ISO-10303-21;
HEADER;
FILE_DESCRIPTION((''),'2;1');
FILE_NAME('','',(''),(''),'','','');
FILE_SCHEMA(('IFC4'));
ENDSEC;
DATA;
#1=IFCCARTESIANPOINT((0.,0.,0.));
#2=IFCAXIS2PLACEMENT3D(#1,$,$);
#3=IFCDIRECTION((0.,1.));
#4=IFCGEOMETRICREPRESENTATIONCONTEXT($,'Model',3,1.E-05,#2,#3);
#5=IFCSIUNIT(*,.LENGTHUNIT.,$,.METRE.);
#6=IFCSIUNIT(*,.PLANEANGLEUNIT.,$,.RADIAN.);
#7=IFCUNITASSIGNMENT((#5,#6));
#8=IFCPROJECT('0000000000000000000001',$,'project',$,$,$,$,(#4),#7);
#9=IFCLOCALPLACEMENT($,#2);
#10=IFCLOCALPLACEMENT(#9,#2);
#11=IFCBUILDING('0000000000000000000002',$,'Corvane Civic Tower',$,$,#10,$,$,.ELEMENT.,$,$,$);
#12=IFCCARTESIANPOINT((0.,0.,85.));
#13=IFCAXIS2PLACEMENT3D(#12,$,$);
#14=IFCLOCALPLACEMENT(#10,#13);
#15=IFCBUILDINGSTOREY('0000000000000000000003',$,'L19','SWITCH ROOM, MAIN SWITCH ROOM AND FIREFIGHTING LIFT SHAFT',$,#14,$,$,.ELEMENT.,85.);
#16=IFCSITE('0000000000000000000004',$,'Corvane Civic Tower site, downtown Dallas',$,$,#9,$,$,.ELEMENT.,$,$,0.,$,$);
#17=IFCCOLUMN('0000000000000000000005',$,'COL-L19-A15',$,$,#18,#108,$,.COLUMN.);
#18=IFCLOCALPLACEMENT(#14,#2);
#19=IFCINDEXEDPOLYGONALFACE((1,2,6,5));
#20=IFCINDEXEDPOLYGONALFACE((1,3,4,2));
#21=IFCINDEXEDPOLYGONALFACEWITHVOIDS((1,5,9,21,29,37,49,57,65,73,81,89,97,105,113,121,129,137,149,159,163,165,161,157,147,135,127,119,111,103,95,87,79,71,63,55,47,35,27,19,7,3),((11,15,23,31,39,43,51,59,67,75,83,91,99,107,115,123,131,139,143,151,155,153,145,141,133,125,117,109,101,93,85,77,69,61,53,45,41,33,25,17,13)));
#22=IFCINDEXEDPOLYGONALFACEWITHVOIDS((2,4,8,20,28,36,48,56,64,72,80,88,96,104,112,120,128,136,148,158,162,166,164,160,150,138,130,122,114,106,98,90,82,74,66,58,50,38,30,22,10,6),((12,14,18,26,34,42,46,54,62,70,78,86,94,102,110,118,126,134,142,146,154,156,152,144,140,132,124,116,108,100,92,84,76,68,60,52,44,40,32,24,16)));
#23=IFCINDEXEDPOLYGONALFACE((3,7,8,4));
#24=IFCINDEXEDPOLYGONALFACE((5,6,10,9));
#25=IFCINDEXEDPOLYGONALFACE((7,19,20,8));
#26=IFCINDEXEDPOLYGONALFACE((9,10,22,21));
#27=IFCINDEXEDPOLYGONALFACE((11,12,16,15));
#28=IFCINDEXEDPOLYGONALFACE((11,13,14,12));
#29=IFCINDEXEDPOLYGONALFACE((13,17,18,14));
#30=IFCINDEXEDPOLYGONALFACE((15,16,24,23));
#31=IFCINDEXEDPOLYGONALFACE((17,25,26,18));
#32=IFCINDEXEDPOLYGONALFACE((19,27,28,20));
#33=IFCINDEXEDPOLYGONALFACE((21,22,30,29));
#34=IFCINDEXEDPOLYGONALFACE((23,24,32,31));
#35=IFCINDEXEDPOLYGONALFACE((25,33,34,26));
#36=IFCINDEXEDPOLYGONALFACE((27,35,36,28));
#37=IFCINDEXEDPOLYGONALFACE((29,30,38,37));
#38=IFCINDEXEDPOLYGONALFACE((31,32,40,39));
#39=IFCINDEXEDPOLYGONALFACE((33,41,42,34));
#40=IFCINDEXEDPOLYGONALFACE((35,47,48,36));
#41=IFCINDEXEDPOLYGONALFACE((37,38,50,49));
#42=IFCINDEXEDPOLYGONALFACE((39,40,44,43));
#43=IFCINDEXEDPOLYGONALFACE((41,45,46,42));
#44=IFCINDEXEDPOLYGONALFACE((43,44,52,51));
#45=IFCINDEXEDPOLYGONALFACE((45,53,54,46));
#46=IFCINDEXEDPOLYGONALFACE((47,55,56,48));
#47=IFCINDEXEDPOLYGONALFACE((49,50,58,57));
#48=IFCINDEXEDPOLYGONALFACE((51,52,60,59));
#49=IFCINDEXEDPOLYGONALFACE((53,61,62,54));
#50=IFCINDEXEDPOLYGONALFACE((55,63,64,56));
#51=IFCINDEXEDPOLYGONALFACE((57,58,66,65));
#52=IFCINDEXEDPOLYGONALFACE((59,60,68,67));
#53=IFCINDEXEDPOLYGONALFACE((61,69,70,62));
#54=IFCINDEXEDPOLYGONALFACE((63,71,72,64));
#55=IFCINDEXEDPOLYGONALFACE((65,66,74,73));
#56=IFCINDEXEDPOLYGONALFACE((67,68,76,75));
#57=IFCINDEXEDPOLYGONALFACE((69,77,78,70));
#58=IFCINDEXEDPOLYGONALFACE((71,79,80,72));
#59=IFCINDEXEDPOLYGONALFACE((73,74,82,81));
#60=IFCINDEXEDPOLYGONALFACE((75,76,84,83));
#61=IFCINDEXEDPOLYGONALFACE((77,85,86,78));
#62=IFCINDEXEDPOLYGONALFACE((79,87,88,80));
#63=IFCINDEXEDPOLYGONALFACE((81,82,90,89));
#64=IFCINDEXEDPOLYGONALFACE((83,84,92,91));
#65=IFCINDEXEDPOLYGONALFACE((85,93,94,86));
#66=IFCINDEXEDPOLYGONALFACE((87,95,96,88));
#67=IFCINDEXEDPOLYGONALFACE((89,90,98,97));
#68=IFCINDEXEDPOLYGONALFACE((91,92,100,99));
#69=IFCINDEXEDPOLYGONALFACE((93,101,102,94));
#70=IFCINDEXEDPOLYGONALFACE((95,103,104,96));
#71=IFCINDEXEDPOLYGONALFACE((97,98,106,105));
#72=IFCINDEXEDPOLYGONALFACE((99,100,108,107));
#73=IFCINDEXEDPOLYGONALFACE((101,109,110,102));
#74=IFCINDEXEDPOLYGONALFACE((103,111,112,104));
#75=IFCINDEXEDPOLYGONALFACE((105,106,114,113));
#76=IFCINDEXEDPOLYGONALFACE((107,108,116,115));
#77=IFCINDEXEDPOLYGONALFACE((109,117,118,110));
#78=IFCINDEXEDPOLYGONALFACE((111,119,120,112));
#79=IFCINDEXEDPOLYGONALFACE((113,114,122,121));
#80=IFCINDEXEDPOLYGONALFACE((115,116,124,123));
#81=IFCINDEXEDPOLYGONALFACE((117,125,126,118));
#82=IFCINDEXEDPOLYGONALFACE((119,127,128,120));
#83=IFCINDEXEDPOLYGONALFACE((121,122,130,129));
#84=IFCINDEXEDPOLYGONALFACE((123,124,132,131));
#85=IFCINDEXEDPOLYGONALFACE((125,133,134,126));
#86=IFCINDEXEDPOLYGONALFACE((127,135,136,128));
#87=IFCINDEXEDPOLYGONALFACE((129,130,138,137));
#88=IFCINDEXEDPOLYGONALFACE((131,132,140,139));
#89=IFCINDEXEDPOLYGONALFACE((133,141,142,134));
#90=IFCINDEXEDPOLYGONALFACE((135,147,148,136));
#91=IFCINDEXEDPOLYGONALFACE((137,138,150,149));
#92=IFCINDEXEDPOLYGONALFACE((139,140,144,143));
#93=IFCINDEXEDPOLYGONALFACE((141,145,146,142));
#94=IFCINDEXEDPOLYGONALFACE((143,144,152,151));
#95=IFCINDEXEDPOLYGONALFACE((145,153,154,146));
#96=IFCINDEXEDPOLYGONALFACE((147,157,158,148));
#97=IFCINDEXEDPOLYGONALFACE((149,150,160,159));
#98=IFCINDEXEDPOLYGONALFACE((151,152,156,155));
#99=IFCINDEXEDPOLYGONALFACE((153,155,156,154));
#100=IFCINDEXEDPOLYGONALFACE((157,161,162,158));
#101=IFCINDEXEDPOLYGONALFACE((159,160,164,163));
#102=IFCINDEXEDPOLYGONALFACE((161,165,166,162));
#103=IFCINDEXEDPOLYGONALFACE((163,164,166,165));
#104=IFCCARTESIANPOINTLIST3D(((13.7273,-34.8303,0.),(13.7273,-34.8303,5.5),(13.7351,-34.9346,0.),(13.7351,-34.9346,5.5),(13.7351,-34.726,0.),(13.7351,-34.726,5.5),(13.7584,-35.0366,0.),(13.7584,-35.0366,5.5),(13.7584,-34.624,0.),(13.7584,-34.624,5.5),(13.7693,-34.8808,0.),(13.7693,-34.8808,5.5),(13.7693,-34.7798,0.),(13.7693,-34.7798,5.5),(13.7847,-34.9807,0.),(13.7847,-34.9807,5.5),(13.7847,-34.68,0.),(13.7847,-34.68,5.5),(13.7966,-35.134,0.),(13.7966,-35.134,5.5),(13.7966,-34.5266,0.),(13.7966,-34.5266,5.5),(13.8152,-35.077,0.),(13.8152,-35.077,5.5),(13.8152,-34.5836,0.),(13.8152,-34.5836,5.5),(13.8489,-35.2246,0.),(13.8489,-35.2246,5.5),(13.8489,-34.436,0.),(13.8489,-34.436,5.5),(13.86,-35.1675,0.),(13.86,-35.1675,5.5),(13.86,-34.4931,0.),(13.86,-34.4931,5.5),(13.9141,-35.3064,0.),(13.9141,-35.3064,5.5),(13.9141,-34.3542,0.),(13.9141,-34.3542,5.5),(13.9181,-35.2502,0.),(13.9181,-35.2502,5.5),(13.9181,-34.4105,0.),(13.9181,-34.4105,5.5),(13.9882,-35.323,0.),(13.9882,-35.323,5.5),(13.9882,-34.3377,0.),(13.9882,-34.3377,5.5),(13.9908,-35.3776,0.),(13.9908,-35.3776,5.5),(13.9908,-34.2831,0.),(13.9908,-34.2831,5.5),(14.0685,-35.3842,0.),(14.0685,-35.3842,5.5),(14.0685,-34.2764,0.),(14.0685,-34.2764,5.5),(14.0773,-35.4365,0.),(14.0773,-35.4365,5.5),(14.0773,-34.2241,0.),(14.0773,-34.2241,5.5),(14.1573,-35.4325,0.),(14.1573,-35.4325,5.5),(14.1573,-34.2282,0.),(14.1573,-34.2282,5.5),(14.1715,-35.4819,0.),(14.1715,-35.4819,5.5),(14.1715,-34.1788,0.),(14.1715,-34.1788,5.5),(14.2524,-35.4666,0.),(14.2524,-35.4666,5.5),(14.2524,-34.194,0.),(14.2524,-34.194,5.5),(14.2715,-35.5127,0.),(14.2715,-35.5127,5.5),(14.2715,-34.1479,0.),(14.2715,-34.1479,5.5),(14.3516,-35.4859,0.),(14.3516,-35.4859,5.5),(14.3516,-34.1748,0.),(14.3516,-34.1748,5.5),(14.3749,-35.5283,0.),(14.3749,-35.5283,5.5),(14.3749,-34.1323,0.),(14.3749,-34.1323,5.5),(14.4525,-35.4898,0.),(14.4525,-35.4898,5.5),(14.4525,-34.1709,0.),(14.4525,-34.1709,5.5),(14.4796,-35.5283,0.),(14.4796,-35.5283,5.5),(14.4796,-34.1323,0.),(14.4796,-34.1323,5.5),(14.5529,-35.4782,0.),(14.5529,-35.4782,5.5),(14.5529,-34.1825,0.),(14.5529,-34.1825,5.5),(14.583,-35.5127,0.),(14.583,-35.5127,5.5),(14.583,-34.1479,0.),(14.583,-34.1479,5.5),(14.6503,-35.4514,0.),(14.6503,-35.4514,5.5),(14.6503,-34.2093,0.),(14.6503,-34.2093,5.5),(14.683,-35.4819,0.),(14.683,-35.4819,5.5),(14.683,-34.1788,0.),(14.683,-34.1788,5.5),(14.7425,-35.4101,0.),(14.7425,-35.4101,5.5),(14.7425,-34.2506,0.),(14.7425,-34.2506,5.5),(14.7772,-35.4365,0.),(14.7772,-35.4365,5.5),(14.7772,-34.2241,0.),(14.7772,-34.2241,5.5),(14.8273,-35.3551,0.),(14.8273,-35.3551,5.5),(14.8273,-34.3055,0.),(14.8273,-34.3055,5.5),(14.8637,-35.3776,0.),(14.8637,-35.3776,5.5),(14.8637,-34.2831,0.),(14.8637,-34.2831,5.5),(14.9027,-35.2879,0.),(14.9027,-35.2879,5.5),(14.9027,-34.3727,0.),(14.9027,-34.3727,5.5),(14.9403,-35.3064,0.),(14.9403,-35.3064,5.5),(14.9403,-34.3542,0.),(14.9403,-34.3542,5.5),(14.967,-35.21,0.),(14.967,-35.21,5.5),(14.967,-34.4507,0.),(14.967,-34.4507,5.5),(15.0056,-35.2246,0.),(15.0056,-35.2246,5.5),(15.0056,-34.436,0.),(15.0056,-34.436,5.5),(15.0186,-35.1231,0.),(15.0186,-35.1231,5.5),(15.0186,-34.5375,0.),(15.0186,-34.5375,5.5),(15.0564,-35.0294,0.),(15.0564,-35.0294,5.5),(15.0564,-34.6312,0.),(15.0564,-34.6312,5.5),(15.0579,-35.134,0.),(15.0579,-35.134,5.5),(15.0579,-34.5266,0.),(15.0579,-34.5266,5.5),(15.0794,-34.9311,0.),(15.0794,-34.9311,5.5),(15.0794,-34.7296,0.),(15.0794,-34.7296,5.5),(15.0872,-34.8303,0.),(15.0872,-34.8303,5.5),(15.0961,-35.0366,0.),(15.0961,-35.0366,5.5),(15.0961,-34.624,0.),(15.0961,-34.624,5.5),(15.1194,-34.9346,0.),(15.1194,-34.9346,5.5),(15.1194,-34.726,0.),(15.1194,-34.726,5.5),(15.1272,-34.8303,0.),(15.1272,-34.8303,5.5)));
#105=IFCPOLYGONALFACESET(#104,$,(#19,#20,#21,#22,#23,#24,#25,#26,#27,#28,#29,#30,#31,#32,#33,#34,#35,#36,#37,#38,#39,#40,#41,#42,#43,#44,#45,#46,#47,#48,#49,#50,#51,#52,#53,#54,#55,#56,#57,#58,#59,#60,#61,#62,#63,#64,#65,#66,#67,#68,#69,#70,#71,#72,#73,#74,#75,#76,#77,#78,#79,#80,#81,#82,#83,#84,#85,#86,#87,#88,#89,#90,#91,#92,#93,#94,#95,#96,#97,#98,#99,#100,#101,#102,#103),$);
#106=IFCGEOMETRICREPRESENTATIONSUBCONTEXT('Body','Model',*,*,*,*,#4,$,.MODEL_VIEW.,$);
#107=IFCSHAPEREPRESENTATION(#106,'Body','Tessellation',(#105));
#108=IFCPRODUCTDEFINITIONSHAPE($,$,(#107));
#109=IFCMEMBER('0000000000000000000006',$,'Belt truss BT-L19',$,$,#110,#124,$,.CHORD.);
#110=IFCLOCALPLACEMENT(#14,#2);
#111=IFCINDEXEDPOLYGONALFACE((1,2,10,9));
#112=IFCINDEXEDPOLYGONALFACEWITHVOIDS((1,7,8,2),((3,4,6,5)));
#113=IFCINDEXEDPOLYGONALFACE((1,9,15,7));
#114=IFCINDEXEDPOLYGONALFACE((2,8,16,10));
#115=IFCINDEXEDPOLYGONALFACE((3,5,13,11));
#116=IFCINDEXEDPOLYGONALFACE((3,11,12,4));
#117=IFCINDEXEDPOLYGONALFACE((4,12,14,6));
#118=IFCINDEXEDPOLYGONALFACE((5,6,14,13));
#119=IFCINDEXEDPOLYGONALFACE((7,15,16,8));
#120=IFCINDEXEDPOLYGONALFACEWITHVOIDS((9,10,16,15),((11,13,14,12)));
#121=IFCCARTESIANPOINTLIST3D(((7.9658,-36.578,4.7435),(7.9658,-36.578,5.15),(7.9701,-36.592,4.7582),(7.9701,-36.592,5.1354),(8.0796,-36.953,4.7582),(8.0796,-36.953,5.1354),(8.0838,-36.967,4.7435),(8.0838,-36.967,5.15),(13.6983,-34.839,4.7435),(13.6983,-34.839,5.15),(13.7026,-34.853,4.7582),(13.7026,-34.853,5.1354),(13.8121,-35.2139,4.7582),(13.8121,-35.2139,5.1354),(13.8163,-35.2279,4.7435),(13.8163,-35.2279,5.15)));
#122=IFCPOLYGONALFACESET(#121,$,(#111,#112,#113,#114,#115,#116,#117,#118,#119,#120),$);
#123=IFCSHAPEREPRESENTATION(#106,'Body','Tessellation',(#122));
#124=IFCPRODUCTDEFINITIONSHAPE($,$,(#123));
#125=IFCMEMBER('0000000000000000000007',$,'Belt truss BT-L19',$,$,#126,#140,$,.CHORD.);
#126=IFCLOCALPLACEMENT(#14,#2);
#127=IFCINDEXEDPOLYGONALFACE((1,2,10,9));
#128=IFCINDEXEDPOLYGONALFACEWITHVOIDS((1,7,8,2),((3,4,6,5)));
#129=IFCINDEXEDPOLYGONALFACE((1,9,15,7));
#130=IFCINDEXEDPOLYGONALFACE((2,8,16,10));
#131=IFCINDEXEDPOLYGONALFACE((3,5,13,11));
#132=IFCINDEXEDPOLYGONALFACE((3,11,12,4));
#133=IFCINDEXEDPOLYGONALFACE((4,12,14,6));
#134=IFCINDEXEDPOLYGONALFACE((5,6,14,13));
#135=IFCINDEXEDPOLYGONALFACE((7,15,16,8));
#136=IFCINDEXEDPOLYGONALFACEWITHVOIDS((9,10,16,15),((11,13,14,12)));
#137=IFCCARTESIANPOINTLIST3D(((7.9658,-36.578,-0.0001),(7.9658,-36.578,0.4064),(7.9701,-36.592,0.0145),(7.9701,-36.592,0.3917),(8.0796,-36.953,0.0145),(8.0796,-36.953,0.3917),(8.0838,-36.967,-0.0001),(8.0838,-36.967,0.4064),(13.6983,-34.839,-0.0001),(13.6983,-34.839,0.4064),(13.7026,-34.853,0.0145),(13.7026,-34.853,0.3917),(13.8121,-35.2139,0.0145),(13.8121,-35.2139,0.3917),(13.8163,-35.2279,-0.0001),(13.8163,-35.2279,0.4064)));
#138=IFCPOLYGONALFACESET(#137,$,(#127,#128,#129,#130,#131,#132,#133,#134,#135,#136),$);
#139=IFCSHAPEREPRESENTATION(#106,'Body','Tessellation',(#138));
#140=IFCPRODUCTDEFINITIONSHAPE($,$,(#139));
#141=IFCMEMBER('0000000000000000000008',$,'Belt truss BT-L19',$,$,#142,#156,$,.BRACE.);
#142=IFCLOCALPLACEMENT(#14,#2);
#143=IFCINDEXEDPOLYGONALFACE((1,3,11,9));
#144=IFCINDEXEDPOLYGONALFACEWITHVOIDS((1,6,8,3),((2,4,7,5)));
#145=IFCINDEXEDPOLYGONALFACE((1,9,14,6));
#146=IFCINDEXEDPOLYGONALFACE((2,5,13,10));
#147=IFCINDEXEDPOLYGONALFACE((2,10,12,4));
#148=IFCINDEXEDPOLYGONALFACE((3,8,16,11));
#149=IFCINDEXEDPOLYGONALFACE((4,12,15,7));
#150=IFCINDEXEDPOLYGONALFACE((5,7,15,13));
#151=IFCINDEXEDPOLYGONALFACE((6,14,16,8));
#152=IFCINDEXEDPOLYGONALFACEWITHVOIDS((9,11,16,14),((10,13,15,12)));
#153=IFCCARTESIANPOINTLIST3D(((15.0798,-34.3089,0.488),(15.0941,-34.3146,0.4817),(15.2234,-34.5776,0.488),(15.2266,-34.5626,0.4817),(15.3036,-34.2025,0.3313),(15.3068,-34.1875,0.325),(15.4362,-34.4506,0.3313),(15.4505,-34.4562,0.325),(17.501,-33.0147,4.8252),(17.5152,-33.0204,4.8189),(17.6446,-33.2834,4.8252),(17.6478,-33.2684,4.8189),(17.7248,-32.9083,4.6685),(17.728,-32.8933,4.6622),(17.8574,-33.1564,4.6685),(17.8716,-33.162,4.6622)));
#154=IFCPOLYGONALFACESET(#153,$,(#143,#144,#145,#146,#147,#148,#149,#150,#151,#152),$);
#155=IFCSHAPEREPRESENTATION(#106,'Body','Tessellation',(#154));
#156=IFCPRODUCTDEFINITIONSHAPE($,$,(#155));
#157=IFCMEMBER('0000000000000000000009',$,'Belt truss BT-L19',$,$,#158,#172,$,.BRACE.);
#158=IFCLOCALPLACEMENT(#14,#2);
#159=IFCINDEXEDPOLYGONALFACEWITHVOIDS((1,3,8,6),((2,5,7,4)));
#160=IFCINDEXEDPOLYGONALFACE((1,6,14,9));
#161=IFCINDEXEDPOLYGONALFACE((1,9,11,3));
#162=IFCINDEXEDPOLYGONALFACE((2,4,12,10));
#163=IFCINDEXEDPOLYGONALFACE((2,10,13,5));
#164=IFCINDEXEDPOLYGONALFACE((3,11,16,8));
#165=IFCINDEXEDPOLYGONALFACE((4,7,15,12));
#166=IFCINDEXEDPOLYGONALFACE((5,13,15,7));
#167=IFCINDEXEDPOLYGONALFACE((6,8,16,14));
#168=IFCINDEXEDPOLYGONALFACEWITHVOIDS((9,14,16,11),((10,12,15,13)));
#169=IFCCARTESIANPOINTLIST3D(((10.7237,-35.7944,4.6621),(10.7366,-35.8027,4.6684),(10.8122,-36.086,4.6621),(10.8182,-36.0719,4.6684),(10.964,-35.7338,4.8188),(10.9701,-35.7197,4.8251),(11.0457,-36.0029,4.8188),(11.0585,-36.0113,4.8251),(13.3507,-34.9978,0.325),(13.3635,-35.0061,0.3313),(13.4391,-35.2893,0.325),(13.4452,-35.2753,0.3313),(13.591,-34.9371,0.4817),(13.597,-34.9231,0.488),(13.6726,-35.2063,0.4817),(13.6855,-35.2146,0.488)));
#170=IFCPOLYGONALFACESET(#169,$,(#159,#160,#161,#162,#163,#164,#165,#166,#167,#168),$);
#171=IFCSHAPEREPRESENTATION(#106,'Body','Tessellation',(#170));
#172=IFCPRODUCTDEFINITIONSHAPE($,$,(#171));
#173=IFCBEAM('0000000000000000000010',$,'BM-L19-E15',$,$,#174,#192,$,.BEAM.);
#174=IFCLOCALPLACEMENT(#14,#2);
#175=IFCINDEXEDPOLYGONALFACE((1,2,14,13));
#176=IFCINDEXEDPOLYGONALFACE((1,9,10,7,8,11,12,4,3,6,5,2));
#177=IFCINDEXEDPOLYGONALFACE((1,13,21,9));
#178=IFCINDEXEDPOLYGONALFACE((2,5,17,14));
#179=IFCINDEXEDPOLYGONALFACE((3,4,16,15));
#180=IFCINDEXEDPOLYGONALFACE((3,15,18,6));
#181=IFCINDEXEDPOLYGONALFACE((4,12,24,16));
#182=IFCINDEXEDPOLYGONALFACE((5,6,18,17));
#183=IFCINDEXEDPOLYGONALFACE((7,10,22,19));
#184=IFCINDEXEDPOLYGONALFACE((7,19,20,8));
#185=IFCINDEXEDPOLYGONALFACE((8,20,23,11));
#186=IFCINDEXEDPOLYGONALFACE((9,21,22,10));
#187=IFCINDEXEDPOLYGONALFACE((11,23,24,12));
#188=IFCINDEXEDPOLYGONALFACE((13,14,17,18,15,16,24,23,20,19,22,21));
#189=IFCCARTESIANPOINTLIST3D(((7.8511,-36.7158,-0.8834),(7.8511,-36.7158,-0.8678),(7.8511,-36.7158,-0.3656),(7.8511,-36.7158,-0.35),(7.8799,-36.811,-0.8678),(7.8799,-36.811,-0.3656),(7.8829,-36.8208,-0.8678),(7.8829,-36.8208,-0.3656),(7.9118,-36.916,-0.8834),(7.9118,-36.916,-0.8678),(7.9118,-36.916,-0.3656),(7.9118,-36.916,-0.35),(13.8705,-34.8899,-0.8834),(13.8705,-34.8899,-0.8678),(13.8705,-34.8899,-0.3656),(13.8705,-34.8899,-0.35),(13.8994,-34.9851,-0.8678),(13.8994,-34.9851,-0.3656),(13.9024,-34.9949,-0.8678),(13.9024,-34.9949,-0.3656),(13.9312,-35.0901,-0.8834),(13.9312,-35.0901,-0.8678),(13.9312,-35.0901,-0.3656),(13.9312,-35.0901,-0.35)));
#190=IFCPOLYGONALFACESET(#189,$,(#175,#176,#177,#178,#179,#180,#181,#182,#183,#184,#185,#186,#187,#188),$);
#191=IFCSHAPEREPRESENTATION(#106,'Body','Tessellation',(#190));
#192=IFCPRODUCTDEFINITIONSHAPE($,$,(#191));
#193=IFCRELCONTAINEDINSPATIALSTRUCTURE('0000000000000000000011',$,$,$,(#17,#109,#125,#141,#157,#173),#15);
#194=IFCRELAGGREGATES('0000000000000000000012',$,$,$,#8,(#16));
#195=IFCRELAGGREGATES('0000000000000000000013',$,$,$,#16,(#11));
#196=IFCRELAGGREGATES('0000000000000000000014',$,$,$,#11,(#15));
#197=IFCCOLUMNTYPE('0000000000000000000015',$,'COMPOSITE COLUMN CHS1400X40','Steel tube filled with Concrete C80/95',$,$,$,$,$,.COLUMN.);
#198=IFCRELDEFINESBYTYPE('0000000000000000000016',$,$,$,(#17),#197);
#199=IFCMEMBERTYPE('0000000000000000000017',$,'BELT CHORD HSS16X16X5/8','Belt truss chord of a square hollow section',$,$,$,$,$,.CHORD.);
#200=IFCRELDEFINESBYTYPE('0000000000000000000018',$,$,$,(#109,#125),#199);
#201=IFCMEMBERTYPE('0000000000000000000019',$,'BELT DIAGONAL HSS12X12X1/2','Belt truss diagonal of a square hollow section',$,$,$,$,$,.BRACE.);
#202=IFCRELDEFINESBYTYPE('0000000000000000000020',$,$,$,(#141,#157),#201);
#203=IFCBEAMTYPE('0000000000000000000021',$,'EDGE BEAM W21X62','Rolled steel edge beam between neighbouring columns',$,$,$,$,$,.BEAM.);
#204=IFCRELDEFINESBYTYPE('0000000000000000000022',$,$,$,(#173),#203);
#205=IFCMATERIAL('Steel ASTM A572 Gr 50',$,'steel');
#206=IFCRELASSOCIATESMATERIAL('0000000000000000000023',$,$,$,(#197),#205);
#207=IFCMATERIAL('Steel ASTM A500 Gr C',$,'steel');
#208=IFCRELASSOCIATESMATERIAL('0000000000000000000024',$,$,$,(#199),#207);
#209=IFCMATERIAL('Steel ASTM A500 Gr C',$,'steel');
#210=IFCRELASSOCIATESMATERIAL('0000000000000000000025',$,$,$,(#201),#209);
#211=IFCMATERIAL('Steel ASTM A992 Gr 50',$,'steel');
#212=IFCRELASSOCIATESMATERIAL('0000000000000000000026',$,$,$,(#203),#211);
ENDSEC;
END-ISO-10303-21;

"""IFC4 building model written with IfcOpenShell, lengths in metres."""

from ifc_helpers import new_model, si_unit, direction, frame, origin, origin_2d, place, context, subcontext, project, spatial, hollow_rectangle, hollow_circle, i_section, extrude, material, material_profile, profile_set, type_object, element, save


model = new_model("IFC4")

# Units and contexts
model_context = context("Model", 3, precision=1e-05, world=origin(), true_north=direction((0.0, 1.0)))
body_context = subcontext(model_context, "Body", "Model", "MODEL_VIEW")
ifc_project = project(units=[si_unit("LENGTHUNIT", "METRE"), si_unit("PLANEANGLEUNIT", "RADIAN")], contexts=[model_context])

# Site, building, storey
site_placement = place(None, origin())
site = spatial("IfcSite", under=ifc_project, at=site_placement, Name="Corvane Civic Tower site, downtown Dallas", CompositionType="ELEMENT", RefElevation=0.0)
building_placement = place(site_placement, origin())
building = spatial("IfcBuilding", under=site, at=building_placement, Name="Corvane Civic Tower", CompositionType="ELEMENT")
storey_placement = place(building_placement, frame((0.0, 0.0, 85.0)))
storey = spatial("IfcBuildingStorey", under=building, at=storey_placement, Name="L19", Description="SWITCH ROOM, MAIN SWITCH ROOM AND FIREFIGHTING LIFT SHAFT", CompositionType="ELEMENT", Elevation=85.0)

# Column
ifc_material_1 = material(Name="Steel ASTM A572 Gr 50", Category="steel")
ifc_material_profile_1 = material_profile(ifc_material_1, hollow_circle(Radius=0.7, WallThickness=0.04, at=origin_2d()), Name="CHS1400X40")
ifc_profile_set_1 = profile_set([ifc_material_profile_1], Name="Steel ASTM A572 Gr 50")
column_type_1 = type_object("IfcColumnType", Name="COMPOSITE COLUMN CHS1400X40", Description="Steel tube filled with Concrete C80/95", PredefinedType="COLUMN", material=ifc_profile_set_1)
column_placement = place(storey_placement, frame((14.4272, -34.8303, 0.0), z_axis=(0.0, 0.0, 1.0), x_axis=(1.0, 0.0, 0.0)))
element("IfcColumn", 1, at=column_placement, inside=storey, type_object=column_type_1, Name="COL-L19-A15", PredefinedType="COLUMN", context=body_context, shape_type="SweptSolid", body=[
    extrude(hollow_circle(Radius=0.7, WallThickness=0.04, at=origin_2d()), origin(), (0.0, 0.0, 1.0), 5.5),
])

# Members
ifc_material_2 = material(Name="Steel ASTM A500 Gr C", Category="steel")
ifc_material_profile_2 = material_profile(ifc_material_2, hollow_rectangle(XDim=0.4065, YDim=0.4065, WallThickness=0.0146, at=origin_2d()), Name="HSS16X16X5/8")
ifc_profile_set_2 = profile_set([ifc_material_profile_2], Name="Steel ASTM A500 Gr C")
member_type_1 = type_object("IfcMemberType", Name="BELT CHORD HSS16X16X5/8", Description="Belt truss chord of a square hollow section", PredefinedType="CHORD", material=ifc_profile_set_2)
for number, where, z_axis, x_axis, name in (
    (2, (13.7573, -35.0334, 4.9468), (-0.956936, -0.2903, 0.0), (0.2903, -0.956936, 0.0), "Belt truss BT-L19"),
    (3, (13.7573, -35.0334, 0.2031), (-0.956936, -0.2903, 0.0), (0.2903, -0.956936, 0.0), "Belt truss BT-L19"),
):
    element("IfcMember", number, at=place(storey_placement, frame(where, z_axis=z_axis, x_axis=x_axis)), inside=storey, type_object=member_type_1, Name=name, PredefinedType="CHORD", context=body_context, shape_type="SweptSolid", body=[
        extrude(hollow_rectangle(XDim=0.4065, YDim=0.4065, WallThickness=0.0146, at=origin_2d()), origin(), (0.0, 0.0, 1.0), 5.9905),
    ])
ifc_material_3 = material(Name="Steel ASTM A500 Gr C", Category="steel")
ifc_material_profile_3 = material_profile(ifc_material_3, hollow_rectangle(XDim=0.3047, YDim=0.3047, WallThickness=0.0117, at=origin_2d()), Name="HSS12X12X1/2")
ifc_profile_set_3 = profile_set([ifc_material_profile_3], Name="Steel ASTM A500 Gr C")
member_type_2 = type_object("IfcMemberType", Name="BELT DIAGONAL HSS12X12X1/2", Description="Belt truss diagonal of a square hollow section", PredefinedType="BRACE", material=ifc_profile_set_3)
member_1_placement = place(storey_placement, frame((15.2651, -34.3826, 0.4065), z_axis=(0.471681, 0.252131, 0.844954), x_axis=(-0.471414, 0.881912, 0.0)))
element("IfcMember", 4, at=member_1_placement, inside=storey, type_object=member_type_2, Name="Belt truss BT-L19", PredefinedType="BRACE", context=body_context, shape_type="SweptSolid", body=[
    extrude(hollow_rectangle(XDim=0.3047, YDim=0.3047, WallThickness=0.0117, at=origin_2d()), origin(), (0.0, 0.0, 1.0), 5.1331),
])
member_2_placement = place(storey_placement, frame((13.5181, -35.1062, 0.4065), z_axis=(-0.511789, -0.155202, 0.844976), x_axis=(0.290202, -0.956965, 0.0)))
element("IfcMember", 5, at=member_2_placement, inside=storey, type_object=member_type_2, Name="Belt truss BT-L19", PredefinedType="BRACE", context=body_context, shape_type="SweptSolid", body=[
    extrude(hollow_rectangle(XDim=0.3047, YDim=0.3047, WallThickness=0.0117, at=origin_2d()), origin(), (0.0, 0.0, 1.0), 5.1328),
])

# Beam
ifc_material_4 = material(Name="Steel ASTM A992 Gr 50", Category="steel")
ifc_material_profile_4 = material_profile(ifc_material_4, i_section(OverallWidth=0.2092, OverallDepth=0.5334, WebThickness=0.0103, FlangeThickness=0.0156, at=origin_2d()), Name="W21X62")
ifc_profile_set_4 = profile_set([ifc_material_profile_4], Name="Steel ASTM A992 Gr 50")
beam_type_1 = type_object("IfcBeamType", Name="EDGE BEAM W21X62", Description="Rolled steel edge beam between neighbouring columns", PredefinedType="BEAM", material=ifc_profile_set_4)
beam_1_placement = place(storey_placement, frame((13.9009, -34.99, -0.6167), z_axis=(-0.956944, -0.290273, 0.0), x_axis=(0.290273, -0.956944, 0.0)))
element("IfcBeam", 6, at=beam_1_placement, inside=storey, type_object=beam_type_1, Name="BM-L19-E15", PredefinedType="BEAM", context=body_context, shape_type="SweptSolid", body=[
    extrude(i_section(OverallWidth=0.2092, OverallDepth=0.5334, WebThickness=0.0103, FlangeThickness=0.0156, at=origin_2d()), origin(), (0.0, 0.0, 1.0), 6.2903),
])

save(model, "model.ifc")
